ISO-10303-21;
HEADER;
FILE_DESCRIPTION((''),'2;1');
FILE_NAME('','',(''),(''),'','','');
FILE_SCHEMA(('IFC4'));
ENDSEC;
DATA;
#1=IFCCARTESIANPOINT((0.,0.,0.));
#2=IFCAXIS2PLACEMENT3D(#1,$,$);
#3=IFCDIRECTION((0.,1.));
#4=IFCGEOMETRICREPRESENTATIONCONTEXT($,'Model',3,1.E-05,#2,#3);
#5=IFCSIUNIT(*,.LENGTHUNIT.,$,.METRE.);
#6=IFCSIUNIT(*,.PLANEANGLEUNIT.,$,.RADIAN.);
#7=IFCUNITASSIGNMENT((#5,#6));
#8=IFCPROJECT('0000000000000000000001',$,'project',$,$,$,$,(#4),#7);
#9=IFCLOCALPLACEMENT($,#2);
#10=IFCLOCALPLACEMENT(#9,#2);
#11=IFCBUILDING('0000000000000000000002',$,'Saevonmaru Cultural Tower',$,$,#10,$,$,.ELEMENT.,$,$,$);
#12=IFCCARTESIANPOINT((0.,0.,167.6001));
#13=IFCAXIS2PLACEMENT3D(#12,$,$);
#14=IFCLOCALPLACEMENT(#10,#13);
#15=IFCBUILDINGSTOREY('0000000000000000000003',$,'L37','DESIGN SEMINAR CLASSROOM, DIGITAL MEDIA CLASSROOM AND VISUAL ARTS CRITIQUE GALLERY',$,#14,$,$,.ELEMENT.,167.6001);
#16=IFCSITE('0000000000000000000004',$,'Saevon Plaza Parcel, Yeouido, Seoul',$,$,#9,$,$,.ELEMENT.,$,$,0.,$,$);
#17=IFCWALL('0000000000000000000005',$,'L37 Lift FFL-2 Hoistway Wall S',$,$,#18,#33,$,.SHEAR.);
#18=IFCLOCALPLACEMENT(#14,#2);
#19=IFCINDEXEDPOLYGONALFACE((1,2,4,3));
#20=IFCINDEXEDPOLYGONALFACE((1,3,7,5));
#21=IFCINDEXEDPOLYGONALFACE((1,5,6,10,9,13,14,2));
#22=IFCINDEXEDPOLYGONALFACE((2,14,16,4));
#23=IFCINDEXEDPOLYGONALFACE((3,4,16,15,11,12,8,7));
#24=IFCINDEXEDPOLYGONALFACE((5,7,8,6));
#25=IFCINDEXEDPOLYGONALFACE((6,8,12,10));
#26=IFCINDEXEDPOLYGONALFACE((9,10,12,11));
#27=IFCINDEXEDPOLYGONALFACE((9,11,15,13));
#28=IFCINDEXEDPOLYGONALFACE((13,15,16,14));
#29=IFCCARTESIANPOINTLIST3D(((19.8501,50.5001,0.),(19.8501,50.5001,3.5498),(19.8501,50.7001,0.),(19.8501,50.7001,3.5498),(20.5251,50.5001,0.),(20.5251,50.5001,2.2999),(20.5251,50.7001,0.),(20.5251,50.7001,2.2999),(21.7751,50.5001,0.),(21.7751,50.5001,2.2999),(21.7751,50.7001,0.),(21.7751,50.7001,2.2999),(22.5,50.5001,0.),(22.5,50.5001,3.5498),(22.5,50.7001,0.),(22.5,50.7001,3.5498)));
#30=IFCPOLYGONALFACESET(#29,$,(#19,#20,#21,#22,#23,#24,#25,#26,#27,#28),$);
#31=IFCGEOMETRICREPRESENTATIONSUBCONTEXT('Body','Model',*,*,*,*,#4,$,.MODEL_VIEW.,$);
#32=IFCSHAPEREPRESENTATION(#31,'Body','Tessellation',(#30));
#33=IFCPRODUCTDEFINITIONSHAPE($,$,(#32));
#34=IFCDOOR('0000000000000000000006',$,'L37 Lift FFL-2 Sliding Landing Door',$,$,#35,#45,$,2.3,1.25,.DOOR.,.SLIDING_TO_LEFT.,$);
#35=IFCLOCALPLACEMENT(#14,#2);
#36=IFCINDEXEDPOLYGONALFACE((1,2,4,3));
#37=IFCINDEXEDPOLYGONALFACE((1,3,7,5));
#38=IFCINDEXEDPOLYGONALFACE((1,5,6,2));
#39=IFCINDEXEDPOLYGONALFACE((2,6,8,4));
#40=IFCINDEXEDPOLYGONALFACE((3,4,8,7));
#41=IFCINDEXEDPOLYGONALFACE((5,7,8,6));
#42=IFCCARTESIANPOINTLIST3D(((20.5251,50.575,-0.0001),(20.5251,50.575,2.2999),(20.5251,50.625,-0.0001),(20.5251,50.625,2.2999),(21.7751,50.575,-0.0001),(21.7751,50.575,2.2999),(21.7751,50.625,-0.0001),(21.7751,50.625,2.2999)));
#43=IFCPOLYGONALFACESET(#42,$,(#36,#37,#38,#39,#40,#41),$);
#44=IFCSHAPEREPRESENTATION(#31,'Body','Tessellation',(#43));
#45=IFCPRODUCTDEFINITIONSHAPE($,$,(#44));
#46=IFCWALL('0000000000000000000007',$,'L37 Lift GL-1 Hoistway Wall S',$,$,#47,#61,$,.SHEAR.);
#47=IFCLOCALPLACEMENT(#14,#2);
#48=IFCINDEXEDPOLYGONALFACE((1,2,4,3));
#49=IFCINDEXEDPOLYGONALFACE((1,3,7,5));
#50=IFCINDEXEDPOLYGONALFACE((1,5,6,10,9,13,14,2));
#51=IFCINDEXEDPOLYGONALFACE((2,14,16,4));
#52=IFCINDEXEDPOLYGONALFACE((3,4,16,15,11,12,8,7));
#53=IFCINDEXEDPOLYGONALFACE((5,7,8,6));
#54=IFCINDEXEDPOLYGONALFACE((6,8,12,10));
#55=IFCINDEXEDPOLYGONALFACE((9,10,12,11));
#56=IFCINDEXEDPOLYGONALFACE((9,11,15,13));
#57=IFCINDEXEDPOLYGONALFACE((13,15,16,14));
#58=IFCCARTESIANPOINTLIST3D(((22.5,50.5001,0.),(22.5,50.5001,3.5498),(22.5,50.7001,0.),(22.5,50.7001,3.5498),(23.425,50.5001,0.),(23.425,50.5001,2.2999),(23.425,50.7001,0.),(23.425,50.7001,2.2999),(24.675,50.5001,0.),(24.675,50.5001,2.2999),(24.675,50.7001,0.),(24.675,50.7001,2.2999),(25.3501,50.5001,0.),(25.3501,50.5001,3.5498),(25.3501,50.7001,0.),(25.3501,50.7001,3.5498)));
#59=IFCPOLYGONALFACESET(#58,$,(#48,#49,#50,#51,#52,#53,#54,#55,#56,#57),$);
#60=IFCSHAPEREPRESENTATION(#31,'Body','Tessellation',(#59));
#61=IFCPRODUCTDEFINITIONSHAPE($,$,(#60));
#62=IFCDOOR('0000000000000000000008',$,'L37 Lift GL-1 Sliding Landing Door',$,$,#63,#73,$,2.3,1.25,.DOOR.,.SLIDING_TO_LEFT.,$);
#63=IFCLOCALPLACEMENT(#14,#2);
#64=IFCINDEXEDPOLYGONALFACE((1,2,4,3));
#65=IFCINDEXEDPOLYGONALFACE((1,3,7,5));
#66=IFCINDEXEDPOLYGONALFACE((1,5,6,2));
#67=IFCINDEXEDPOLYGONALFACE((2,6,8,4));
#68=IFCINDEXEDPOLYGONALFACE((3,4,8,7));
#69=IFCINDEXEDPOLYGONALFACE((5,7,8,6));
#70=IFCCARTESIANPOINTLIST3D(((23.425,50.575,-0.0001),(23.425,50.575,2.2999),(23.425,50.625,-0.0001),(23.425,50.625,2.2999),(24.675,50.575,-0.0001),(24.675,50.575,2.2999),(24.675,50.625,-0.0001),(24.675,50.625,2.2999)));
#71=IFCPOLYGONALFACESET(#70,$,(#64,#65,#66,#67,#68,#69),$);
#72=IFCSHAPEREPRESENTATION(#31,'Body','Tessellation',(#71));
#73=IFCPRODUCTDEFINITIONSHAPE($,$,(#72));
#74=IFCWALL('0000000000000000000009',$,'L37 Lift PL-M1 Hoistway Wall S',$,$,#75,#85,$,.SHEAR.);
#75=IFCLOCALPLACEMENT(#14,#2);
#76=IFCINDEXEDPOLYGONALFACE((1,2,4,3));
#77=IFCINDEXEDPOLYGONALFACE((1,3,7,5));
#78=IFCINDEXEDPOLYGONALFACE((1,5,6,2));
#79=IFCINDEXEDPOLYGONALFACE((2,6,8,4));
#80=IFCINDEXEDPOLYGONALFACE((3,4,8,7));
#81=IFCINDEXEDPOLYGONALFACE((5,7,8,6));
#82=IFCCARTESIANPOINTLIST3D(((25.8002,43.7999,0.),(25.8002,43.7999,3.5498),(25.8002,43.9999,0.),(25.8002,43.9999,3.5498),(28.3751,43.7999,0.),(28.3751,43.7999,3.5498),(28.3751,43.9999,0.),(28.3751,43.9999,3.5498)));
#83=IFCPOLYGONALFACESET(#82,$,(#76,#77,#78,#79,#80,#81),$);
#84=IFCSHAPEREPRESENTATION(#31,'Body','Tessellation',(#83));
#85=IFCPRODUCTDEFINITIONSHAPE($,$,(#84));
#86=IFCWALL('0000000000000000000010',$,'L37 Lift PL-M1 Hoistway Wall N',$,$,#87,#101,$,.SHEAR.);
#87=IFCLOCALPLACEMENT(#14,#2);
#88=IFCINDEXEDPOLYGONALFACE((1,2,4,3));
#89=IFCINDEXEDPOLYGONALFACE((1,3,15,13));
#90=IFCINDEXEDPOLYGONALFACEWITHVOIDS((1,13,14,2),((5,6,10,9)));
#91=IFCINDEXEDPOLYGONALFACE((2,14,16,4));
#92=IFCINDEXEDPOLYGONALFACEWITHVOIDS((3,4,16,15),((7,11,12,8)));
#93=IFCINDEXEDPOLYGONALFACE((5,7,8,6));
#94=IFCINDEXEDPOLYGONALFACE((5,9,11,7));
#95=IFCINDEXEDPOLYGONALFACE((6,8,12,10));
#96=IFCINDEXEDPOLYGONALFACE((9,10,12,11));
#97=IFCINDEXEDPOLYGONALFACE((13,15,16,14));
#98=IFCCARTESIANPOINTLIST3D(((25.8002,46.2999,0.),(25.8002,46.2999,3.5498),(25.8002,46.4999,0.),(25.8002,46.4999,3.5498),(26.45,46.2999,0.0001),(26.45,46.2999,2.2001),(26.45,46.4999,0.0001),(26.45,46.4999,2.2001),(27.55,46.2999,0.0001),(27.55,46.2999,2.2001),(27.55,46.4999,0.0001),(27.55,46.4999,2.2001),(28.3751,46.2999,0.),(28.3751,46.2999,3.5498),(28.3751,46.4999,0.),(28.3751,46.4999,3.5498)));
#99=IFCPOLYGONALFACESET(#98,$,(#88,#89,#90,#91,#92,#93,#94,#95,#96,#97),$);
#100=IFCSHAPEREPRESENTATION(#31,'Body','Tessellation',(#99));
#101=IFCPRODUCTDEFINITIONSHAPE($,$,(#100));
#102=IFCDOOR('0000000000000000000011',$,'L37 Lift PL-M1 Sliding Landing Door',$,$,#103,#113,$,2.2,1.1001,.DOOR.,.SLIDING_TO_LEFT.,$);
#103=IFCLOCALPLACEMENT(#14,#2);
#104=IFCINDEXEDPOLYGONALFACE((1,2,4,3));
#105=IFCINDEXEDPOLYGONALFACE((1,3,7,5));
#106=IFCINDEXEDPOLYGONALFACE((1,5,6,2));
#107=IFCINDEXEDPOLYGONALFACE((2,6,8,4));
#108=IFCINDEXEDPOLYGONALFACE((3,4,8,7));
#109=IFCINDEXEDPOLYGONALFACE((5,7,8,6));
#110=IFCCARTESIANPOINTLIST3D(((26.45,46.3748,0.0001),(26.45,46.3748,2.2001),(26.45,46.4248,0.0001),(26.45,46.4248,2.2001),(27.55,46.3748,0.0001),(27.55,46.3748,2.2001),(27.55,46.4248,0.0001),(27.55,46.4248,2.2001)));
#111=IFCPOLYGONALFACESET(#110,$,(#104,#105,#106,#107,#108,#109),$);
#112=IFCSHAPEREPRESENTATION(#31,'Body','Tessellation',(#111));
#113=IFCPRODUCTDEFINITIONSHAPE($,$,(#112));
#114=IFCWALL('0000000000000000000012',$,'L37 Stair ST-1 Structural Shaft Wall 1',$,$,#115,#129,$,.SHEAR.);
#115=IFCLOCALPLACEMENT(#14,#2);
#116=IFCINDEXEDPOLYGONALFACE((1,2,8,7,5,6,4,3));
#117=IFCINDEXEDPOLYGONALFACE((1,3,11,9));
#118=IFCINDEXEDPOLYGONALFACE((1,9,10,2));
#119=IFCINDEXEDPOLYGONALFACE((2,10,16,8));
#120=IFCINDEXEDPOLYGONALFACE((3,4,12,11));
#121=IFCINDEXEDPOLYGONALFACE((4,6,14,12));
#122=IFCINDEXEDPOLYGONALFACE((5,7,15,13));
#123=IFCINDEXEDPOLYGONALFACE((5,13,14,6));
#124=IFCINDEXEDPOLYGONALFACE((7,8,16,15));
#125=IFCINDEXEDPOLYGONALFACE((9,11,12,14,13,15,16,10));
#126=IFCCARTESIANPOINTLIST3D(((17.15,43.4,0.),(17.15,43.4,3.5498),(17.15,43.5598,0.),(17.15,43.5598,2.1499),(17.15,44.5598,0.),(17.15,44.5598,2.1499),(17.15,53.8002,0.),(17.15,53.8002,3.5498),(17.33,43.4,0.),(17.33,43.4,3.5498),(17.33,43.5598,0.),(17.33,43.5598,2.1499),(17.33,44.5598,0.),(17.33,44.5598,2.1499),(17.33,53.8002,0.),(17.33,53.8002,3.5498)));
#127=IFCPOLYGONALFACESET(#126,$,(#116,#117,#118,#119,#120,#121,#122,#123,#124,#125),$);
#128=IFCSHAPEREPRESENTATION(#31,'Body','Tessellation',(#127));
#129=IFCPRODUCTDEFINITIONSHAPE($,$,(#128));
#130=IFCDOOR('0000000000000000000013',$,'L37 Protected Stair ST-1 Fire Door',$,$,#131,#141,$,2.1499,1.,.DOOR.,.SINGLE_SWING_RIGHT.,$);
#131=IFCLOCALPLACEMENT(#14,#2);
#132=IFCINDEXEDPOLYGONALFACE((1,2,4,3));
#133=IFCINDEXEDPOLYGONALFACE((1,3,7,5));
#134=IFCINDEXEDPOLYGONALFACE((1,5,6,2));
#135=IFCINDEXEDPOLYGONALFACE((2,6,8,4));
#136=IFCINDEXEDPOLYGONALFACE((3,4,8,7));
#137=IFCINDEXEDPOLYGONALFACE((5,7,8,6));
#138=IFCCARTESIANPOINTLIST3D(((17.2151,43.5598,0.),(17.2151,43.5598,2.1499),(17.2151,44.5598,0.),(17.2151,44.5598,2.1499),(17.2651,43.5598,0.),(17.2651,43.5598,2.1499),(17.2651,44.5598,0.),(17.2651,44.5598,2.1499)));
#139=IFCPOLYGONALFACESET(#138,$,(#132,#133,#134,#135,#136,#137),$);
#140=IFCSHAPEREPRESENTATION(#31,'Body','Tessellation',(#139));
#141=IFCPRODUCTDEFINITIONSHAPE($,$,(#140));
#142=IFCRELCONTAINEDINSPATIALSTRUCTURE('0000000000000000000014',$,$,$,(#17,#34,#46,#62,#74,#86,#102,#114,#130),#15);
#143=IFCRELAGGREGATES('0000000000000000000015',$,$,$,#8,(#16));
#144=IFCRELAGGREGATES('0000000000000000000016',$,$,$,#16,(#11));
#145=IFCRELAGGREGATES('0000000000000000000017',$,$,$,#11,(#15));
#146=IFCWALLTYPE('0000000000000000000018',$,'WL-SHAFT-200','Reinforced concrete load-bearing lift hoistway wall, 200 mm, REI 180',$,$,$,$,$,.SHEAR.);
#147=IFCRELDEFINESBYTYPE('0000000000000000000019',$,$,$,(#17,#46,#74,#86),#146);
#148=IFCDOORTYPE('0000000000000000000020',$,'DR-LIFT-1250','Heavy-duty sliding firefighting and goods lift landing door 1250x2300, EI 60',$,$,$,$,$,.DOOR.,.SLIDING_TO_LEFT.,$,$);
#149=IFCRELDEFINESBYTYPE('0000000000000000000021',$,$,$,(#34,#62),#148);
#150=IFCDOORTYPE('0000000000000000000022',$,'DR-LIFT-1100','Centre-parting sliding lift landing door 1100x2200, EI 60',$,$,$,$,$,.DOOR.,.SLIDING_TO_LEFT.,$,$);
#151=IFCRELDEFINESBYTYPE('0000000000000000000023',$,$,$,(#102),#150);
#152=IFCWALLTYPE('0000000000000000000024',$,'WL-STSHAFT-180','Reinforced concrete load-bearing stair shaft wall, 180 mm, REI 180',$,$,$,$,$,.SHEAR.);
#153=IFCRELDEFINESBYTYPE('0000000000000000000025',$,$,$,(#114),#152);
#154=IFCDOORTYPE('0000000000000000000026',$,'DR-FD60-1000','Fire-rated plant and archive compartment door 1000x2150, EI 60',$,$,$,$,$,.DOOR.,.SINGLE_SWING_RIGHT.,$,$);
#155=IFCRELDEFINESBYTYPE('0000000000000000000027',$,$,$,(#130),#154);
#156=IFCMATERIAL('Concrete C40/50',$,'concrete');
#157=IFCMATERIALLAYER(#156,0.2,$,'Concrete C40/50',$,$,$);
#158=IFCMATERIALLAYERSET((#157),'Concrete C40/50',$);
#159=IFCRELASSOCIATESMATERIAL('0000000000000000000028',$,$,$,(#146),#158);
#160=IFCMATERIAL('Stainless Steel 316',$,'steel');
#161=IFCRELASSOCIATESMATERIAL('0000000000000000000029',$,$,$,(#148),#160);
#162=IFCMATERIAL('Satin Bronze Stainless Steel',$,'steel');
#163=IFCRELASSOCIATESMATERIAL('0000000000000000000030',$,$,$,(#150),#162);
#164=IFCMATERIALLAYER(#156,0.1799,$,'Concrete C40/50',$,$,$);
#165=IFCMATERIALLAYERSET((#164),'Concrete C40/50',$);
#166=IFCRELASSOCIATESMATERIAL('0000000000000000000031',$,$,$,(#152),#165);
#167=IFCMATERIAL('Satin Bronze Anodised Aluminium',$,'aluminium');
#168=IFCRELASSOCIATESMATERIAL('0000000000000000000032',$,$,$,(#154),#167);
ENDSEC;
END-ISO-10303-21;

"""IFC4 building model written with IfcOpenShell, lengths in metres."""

from ifc_helpers import new_model, si_unit, direction, frame, frame_2d, origin, place, context, subcontext, project, spatial, rectangle, extrude, material, layer, layer_set, type_object, element, fill, save


model = new_model("IFC4")

# Units and contexts
model_context = context("Model", 3, precision=1e-05, world=origin(), true_north=direction((0.0, 1.0)))
body_context = subcontext(model_context, "Body", "Model", "MODEL_VIEW")
ifc_project = project(units=[si_unit("LENGTHUNIT", "METRE"), si_unit("PLANEANGLEUNIT", "RADIAN")], contexts=[model_context])

# Site, building, storey
site_placement = place(None, origin())
site = spatial("IfcSite", under=ifc_project, at=site_placement, Name="Saevon Plaza Parcel, Yeouido, Seoul", CompositionType="ELEMENT", RefElevation=0.0)
building_placement = place(site_placement, origin())
building = spatial("IfcBuilding", under=site, at=building_placement, Name="Saevonmaru Cultural Tower", CompositionType="ELEMENT")
storey_placement = place(building_placement, frame((0.0, 0.0, 167.6001)))
storey = spatial("IfcBuildingStorey", under=building, at=storey_placement, Name="L37", Description="DESIGN SEMINAR CLASSROOM, DIGITAL MEDIA CLASSROOM AND VISUAL ARTS CRITIQUE GALLERY", CompositionType="ELEMENT", Elevation=167.6001)

# Walls, openings, doors
ifc_material_1 = material(Name="Satin Bronze Anodised Aluminium", Category="aluminium")
ifc_material_2 = material(Name="Concrete C40/50", Category="concrete")
ifc_layer_1 = layer(ifc_material_2, 0.2, Name="Concrete C40/50")
ifc_layer_set_1 = layer_set([ifc_layer_1], Name="Concrete C40/50")
wall_type_1 = type_object("IfcWallType", Name="WL-SHAFT-200", Description="Reinforced concrete load-bearing lift hoistway wall, 200 mm, REI 180", PredefinedType="SHEAR", material=ifc_layer_set_1)
ifc_material_3 = material(Name="Stainless Steel 316", Category="steel")
door_type_1 = type_object("IfcDoorType", Name="DR-LIFT-1250", Description="Heavy-duty sliding firefighting and goods lift landing door 1250x2300, EI 60", OperationType="SLIDING_TO_LEFT", PredefinedType="DOOR", material=ifc_material_3)
wall_1_placement = place(storey_placement, frame((19.8501, 50.6001, 0.0), z_axis=(0.0, 0.0, 1.0), x_axis=(1.0, 0.0, 0.0)))
wall_1 = element("IfcWall", 1, at=wall_1_placement, inside=storey, type_object=wall_type_1, Name="L37 Lift FFL-2 Hoistway Wall S", PredefinedType="SHEAR", context=body_context, shape_type="SweptSolid", body=[
    extrude(rectangle(XDim=2.6499, YDim=0.2, at=frame_2d((1.325, 0.0))), origin(), (0.0, 0.0, 1.0), 3.5498),
])
opening_1_placement = place(wall_1_placement, frame((0.675, 0.0, 0.0)))
opening_1 = element("IfcOpeningElement", 2, at=opening_1_placement, cuts=wall_1, PredefinedType="OPENING", context=body_context, shape_type="SweptSolid", body=[
    extrude(rectangle(XDim=1.25, YDim=2.3, at=frame_2d((0.625, 1.1499))), frame((0.0, 0.1099, 0.0), z_axis=(0.0, -1.0, 0.0), x_axis=(1.0, 0.0, 0.0)), (0.0, 0.0, 1.0), 0.22),
])
door_1_placement = place(opening_1_placement, origin())
door_1 = element("IfcDoor", 3, at=door_1_placement, inside=storey, type_object=door_type_1, Name="L37 Lift FFL-2 Sliding Landing Door", OperationType="SLIDING_TO_LEFT", OverallHeight=2.3, OverallWidth=1.25, PredefinedType="DOOR", context=body_context, shape_type="SweptSolid", body=[
    extrude(rectangle(XDim=1.25, YDim=2.3, at=frame_2d((0.625, 1.1499))), frame((0.0, 0.0249, 0.0), z_axis=(0.0, -1.0, 0.0), x_axis=(1.0, 0.0, 0.0)), (0.0, 0.0, 1.0), 0.05),
])
fill(opening_1, door_1)
wall_2_placement = place(storey_placement, frame((22.5, 50.6001, 0.0), z_axis=(0.0, 0.0, 1.0), x_axis=(1.0, 0.0, 0.0)))
wall_2 = element("IfcWall", 4, at=wall_2_placement, inside=storey, type_object=wall_type_1, Name="L37 Lift GL-1 Hoistway Wall S", PredefinedType="SHEAR", context=body_context, shape_type="SweptSolid", body=[
    extrude(rectangle(XDim=2.8501, YDim=0.2, at=frame_2d((1.425, 0.0))), origin(), (0.0, 0.0, 1.0), 3.5498),
])
opening_2_placement = place(wall_2_placement, frame((0.925, 0.0, 0.0)))
opening_2 = element("IfcOpeningElement", 5, at=opening_2_placement, cuts=wall_2, PredefinedType="OPENING", context=body_context, shape_type="SweptSolid", body=[
    extrude(rectangle(XDim=1.25, YDim=2.3, at=frame_2d((0.625, 1.1499))), frame((0.0, 0.1099, 0.0), z_axis=(0.0, -1.0, 0.0), x_axis=(1.0, 0.0, 0.0)), (0.0, 0.0, 1.0), 0.22),
])
door_2_placement = place(opening_2_placement, origin())
door_2 = element("IfcDoor", 6, at=door_2_placement, inside=storey, type_object=door_type_1, Name="L37 Lift GL-1 Sliding Landing Door", OperationType="SLIDING_TO_LEFT", OverallHeight=2.3, OverallWidth=1.25, PredefinedType="DOOR", context=body_context, shape_type="SweptSolid", body=[
    extrude(rectangle(XDim=1.25, YDim=2.3, at=frame_2d((0.625, 1.1499))), frame((0.0, 0.0249, 0.0), z_axis=(0.0, -1.0, 0.0), x_axis=(1.0, 0.0, 0.0)), (0.0, 0.0, 1.0), 0.05),
])
fill(opening_2, door_2)

# Wall
wall_3_placement = place(storey_placement, frame((25.8, 43.8999, 0.0), z_axis=(0.0, 0.0, 1.0), x_axis=(1.0, 0.0, 0.0)))
element("IfcWall", 7, at=wall_3_placement, inside=storey, type_object=wall_type_1, Name="L37 Lift PL-M1 Hoistway Wall S", PredefinedType="SHEAR", context=body_context, shape_type="SweptSolid", body=[
    extrude(rectangle(XDim=2.575, YDim=0.2, at=frame_2d((1.2876, 0.0))), origin(), (0.0, 0.0, 1.0), 3.5498),
])

# Walls, openings, doors
wall_4_placement = place(storey_placement, frame((25.8, 46.3999, 0.0), z_axis=(0.0, 0.0, 1.0), x_axis=(1.0, 0.0, 0.0)))
wall_4 = element("IfcWall", 8, at=wall_4_placement, inside=storey, type_object=wall_type_1, Name="L37 Lift PL-M1 Hoistway Wall N", PredefinedType="SHEAR", context=body_context, shape_type="SweptSolid", body=[
    extrude(rectangle(XDim=2.575, YDim=0.2, at=frame_2d((1.2876, 0.0))), origin(), (0.0, 0.0, 1.0), 3.5498),
])
opening_3_placement = place(wall_4_placement, frame((0.6499, 0.0, 0.0)))
opening_3 = element("IfcOpeningElement", 9, at=opening_3_placement, cuts=wall_4, PredefinedType="OPENING", context=body_context, shape_type="SweptSolid", body=[
    extrude(rectangle(XDim=1.1001, YDim=2.2, at=frame_2d((0.55, 1.1001))), frame((0.0, 0.1099, 0.0), z_axis=(0.0, -1.0, 0.0), x_axis=(1.0, 0.0, 0.0)), (0.0, 0.0, 1.0), 0.22),
])
ifc_material_4 = material(Name="Satin Bronze Stainless Steel", Category="steel")
door_type_2 = type_object("IfcDoorType", Name="DR-LIFT-1100", Description="Centre-parting sliding lift landing door 1100x2200, EI 60", OperationType="SLIDING_TO_LEFT", PredefinedType="DOOR", material=ifc_material_4)
door_3_placement = place(opening_3_placement, origin())
door_3 = element("IfcDoor", 10, at=door_3_placement, inside=storey, type_object=door_type_2, Name="L37 Lift PL-M1 Sliding Landing Door", OperationType="SLIDING_TO_LEFT", OverallHeight=2.2, OverallWidth=1.1001, PredefinedType="DOOR", context=body_context, shape_type="SweptSolid", body=[
    extrude(rectangle(XDim=1.1001, YDim=2.2, at=frame_2d((0.55, 1.1001))), frame((0.0, 0.0249, 0.0), z_axis=(0.0, -1.0, 0.0), x_axis=(1.0, 0.0, 0.0)), (0.0, 0.0, 1.0), 0.05),
])
fill(opening_3, door_3)
ifc_layer_2 = layer(ifc_material_2, 0.1799, Name="Concrete C40/50")
ifc_layer_set_2 = layer_set([ifc_layer_2], Name="Concrete C40/50")
wall_type_2 = type_object("IfcWallType", Name="WL-STSHAFT-180", Description="Reinforced concrete load-bearing stair shaft wall, 180 mm, REI 180", PredefinedType="SHEAR", material=ifc_layer_set_2)
wall_5_placement = place(storey_placement, frame((17.24, 43.3999, 0.0), z_axis=(0.0, 0.0, 1.0), x_axis=(0.0, 1.0, 0.0)))
wall_5 = element("IfcWall", 11, at=wall_5_placement, inside=storey, type_object=wall_type_2, Name="L37 Stair ST-1 Structural Shaft Wall 1", PredefinedType="SHEAR", context=body_context, shape_type="SweptSolid", body=[
    extrude(rectangle(XDim=10.4001, YDim=0.1799, at=frame_2d((5.2002, 0.0))), origin(), (0.0, 0.0, 1.0), 3.5498),
])
opening_4_placement = place(wall_5_placement, frame((0.1599, 0.0, 0.0)))
opening_4 = element("IfcOpeningElement", 12, at=opening_4_placement, cuts=wall_5, PredefinedType="OPENING", context=body_context, shape_type="SweptSolid", body=[
    extrude(rectangle(XDim=1.0, YDim=2.1499, at=frame_2d((0.5, 1.075))), frame((0.0, 0.1001, 0.0), z_axis=(0.0, -1.0, 0.0), x_axis=(1.0, 0.0, 0.0)), (0.0, 0.0, 1.0), 0.2),
])
door_type_3 = type_object("IfcDoorType", Name="DR-FD60-1000", Description="Fire-rated plant and archive compartment door 1000x2150, EI 60", OperationType="SINGLE_SWING_RIGHT", PredefinedType="DOOR", material=ifc_material_1)
door_4_placement = place(opening_4_placement, origin())
door_4 = element("IfcDoor", 13, at=door_4_placement, inside=storey, type_object=door_type_3, Name="L37 Protected Stair ST-1 Fire Door", OperationType="SINGLE_SWING_RIGHT", OverallHeight=2.1499, OverallWidth=1.0, PredefinedType="DOOR", context=body_context, shape_type="SweptSolid", body=[
    extrude(rectangle(XDim=1.0, YDim=2.1499, at=frame_2d((0.5, 1.075))), frame((0.0, 0.0249, 0.0), z_axis=(0.0, -1.0, 0.0), x_axis=(1.0, 0.0, 0.0)), (0.0, 0.0, 1.0), 0.05),
])
fill(opening_4, door_4)

save(model, "model.ifc")
